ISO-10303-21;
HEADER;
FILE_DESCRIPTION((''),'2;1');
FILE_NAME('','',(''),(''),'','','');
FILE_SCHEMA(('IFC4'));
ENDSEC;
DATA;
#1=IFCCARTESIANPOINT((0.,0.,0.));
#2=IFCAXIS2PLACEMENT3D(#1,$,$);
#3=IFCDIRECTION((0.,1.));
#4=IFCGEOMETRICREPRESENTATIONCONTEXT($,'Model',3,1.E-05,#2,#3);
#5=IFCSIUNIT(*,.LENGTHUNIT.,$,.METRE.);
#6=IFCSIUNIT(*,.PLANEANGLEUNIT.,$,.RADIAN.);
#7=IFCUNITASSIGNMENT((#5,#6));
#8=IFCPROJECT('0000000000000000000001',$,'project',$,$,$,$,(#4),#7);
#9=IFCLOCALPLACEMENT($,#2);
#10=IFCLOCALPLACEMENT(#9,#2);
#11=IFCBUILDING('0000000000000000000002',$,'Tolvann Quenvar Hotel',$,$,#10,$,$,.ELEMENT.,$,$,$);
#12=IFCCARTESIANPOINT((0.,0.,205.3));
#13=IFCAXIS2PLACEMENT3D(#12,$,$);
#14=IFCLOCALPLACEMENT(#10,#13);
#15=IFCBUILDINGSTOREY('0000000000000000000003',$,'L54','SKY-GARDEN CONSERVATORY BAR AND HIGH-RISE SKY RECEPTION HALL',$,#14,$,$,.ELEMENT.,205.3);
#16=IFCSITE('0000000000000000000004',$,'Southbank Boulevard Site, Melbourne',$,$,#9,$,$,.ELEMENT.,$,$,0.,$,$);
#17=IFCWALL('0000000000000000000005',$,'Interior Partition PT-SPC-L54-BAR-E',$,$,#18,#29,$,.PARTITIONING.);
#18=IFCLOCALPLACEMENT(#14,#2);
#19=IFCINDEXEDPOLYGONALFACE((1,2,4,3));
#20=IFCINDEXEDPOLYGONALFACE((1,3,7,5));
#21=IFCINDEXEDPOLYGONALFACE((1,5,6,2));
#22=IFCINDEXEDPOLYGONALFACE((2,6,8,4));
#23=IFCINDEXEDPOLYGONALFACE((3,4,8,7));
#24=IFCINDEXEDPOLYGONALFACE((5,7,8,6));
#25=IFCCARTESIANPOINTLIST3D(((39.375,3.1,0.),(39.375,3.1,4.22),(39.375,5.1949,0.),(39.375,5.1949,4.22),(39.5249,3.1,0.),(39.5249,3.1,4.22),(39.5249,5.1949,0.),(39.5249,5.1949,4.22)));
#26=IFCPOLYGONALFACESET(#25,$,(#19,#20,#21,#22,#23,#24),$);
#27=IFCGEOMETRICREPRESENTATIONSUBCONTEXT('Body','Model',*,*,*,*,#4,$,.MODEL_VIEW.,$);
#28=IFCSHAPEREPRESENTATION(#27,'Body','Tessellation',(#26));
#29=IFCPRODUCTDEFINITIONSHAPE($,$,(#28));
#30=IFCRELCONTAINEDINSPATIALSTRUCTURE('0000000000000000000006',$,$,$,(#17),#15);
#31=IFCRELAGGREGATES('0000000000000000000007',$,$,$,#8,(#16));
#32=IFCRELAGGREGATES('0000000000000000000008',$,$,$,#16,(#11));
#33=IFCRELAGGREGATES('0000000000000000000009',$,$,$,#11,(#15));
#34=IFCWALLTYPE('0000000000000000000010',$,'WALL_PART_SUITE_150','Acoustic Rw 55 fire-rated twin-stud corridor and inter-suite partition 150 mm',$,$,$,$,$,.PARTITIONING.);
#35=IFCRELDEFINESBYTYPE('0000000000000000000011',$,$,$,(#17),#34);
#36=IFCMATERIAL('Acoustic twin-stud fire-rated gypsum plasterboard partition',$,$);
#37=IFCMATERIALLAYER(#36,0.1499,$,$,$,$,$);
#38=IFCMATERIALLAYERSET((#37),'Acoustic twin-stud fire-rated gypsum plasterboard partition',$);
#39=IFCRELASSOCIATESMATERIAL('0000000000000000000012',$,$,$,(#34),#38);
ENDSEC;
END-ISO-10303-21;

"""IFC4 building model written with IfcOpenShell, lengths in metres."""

from ifc_helpers import new_model, si_unit, direction, frame, frame_2d, origin, place, context, subcontext, project, spatial, rectangle, extrude, material, layer, layer_set, type_object, element, save


model = new_model("IFC4")

# Units and contexts
model_context = context("Model", 3, precision=1e-05, world=origin(), true_north=direction((0.0, 1.0)))
body_context = subcontext(model_context, "Body", "Model", "MODEL_VIEW")
ifc_project = project(units=[si_unit("LENGTHUNIT", "METRE"), si_unit("PLANEANGLEUNIT", "RADIAN")], contexts=[model_context])

# Site, building, storey
site_placement = place(None, origin())
site = spatial("IfcSite", under=ifc_project, at=site_placement, Name="Southbank Boulevard Site, Melbourne", CompositionType="ELEMENT", RefElevation=0.0)
building_placement = place(site_placement, origin())
building = spatial("IfcBuilding", under=site, at=building_placement, Name="Tolvann Quenvar Hotel", CompositionType="ELEMENT")
storey_placement = place(building_placement, frame((0.0, 0.0, 205.3)))
storey = spatial("IfcBuildingStorey", under=building, at=storey_placement, Name="L54", Description="SKY-GARDEN CONSERVATORY BAR AND HIGH-RISE SKY RECEPTION HALL", CompositionType="ELEMENT", Elevation=205.3)

# Wall
ifc_material_1 = material(Name="Acoustic twin-stud fire-rated gypsum plasterboard partition")
ifc_layer_1 = layer(ifc_material_1, 0.1499)
ifc_layer_set_1 = layer_set([ifc_layer_1], Name="Acoustic twin-stud fire-rated gypsum plasterboard partition")
wall_type_1 = type_object("IfcWallType", Name="WALL_PART_SUITE_150", Description="Acoustic Rw 55 fire-rated twin-stud corridor and inter-suite partition 150 mm", PredefinedType="PARTITIONING", material=ifc_layer_set_1)
wall_1_placement = place(storey_placement, frame((39.45, 3.1001, 0.0), z_axis=(0.0, 0.0, 1.0), x_axis=(0.0, 1.0, 0.0)))
element("IfcWall", 1, at=wall_1_placement, inside=storey, type_object=wall_type_1, Name="Interior Partition PT-SPC-L54-BAR-E", PredefinedType="PARTITIONING", context=body_context, shape_type="SweptSolid", body=[
    extrude(rectangle(XDim=2.095, YDim=0.1499, at=frame_2d((1.0474, 0.0))), origin(), (0.0, 0.0, 1.0), 4.22),
])

save(model, "model.ifc")
